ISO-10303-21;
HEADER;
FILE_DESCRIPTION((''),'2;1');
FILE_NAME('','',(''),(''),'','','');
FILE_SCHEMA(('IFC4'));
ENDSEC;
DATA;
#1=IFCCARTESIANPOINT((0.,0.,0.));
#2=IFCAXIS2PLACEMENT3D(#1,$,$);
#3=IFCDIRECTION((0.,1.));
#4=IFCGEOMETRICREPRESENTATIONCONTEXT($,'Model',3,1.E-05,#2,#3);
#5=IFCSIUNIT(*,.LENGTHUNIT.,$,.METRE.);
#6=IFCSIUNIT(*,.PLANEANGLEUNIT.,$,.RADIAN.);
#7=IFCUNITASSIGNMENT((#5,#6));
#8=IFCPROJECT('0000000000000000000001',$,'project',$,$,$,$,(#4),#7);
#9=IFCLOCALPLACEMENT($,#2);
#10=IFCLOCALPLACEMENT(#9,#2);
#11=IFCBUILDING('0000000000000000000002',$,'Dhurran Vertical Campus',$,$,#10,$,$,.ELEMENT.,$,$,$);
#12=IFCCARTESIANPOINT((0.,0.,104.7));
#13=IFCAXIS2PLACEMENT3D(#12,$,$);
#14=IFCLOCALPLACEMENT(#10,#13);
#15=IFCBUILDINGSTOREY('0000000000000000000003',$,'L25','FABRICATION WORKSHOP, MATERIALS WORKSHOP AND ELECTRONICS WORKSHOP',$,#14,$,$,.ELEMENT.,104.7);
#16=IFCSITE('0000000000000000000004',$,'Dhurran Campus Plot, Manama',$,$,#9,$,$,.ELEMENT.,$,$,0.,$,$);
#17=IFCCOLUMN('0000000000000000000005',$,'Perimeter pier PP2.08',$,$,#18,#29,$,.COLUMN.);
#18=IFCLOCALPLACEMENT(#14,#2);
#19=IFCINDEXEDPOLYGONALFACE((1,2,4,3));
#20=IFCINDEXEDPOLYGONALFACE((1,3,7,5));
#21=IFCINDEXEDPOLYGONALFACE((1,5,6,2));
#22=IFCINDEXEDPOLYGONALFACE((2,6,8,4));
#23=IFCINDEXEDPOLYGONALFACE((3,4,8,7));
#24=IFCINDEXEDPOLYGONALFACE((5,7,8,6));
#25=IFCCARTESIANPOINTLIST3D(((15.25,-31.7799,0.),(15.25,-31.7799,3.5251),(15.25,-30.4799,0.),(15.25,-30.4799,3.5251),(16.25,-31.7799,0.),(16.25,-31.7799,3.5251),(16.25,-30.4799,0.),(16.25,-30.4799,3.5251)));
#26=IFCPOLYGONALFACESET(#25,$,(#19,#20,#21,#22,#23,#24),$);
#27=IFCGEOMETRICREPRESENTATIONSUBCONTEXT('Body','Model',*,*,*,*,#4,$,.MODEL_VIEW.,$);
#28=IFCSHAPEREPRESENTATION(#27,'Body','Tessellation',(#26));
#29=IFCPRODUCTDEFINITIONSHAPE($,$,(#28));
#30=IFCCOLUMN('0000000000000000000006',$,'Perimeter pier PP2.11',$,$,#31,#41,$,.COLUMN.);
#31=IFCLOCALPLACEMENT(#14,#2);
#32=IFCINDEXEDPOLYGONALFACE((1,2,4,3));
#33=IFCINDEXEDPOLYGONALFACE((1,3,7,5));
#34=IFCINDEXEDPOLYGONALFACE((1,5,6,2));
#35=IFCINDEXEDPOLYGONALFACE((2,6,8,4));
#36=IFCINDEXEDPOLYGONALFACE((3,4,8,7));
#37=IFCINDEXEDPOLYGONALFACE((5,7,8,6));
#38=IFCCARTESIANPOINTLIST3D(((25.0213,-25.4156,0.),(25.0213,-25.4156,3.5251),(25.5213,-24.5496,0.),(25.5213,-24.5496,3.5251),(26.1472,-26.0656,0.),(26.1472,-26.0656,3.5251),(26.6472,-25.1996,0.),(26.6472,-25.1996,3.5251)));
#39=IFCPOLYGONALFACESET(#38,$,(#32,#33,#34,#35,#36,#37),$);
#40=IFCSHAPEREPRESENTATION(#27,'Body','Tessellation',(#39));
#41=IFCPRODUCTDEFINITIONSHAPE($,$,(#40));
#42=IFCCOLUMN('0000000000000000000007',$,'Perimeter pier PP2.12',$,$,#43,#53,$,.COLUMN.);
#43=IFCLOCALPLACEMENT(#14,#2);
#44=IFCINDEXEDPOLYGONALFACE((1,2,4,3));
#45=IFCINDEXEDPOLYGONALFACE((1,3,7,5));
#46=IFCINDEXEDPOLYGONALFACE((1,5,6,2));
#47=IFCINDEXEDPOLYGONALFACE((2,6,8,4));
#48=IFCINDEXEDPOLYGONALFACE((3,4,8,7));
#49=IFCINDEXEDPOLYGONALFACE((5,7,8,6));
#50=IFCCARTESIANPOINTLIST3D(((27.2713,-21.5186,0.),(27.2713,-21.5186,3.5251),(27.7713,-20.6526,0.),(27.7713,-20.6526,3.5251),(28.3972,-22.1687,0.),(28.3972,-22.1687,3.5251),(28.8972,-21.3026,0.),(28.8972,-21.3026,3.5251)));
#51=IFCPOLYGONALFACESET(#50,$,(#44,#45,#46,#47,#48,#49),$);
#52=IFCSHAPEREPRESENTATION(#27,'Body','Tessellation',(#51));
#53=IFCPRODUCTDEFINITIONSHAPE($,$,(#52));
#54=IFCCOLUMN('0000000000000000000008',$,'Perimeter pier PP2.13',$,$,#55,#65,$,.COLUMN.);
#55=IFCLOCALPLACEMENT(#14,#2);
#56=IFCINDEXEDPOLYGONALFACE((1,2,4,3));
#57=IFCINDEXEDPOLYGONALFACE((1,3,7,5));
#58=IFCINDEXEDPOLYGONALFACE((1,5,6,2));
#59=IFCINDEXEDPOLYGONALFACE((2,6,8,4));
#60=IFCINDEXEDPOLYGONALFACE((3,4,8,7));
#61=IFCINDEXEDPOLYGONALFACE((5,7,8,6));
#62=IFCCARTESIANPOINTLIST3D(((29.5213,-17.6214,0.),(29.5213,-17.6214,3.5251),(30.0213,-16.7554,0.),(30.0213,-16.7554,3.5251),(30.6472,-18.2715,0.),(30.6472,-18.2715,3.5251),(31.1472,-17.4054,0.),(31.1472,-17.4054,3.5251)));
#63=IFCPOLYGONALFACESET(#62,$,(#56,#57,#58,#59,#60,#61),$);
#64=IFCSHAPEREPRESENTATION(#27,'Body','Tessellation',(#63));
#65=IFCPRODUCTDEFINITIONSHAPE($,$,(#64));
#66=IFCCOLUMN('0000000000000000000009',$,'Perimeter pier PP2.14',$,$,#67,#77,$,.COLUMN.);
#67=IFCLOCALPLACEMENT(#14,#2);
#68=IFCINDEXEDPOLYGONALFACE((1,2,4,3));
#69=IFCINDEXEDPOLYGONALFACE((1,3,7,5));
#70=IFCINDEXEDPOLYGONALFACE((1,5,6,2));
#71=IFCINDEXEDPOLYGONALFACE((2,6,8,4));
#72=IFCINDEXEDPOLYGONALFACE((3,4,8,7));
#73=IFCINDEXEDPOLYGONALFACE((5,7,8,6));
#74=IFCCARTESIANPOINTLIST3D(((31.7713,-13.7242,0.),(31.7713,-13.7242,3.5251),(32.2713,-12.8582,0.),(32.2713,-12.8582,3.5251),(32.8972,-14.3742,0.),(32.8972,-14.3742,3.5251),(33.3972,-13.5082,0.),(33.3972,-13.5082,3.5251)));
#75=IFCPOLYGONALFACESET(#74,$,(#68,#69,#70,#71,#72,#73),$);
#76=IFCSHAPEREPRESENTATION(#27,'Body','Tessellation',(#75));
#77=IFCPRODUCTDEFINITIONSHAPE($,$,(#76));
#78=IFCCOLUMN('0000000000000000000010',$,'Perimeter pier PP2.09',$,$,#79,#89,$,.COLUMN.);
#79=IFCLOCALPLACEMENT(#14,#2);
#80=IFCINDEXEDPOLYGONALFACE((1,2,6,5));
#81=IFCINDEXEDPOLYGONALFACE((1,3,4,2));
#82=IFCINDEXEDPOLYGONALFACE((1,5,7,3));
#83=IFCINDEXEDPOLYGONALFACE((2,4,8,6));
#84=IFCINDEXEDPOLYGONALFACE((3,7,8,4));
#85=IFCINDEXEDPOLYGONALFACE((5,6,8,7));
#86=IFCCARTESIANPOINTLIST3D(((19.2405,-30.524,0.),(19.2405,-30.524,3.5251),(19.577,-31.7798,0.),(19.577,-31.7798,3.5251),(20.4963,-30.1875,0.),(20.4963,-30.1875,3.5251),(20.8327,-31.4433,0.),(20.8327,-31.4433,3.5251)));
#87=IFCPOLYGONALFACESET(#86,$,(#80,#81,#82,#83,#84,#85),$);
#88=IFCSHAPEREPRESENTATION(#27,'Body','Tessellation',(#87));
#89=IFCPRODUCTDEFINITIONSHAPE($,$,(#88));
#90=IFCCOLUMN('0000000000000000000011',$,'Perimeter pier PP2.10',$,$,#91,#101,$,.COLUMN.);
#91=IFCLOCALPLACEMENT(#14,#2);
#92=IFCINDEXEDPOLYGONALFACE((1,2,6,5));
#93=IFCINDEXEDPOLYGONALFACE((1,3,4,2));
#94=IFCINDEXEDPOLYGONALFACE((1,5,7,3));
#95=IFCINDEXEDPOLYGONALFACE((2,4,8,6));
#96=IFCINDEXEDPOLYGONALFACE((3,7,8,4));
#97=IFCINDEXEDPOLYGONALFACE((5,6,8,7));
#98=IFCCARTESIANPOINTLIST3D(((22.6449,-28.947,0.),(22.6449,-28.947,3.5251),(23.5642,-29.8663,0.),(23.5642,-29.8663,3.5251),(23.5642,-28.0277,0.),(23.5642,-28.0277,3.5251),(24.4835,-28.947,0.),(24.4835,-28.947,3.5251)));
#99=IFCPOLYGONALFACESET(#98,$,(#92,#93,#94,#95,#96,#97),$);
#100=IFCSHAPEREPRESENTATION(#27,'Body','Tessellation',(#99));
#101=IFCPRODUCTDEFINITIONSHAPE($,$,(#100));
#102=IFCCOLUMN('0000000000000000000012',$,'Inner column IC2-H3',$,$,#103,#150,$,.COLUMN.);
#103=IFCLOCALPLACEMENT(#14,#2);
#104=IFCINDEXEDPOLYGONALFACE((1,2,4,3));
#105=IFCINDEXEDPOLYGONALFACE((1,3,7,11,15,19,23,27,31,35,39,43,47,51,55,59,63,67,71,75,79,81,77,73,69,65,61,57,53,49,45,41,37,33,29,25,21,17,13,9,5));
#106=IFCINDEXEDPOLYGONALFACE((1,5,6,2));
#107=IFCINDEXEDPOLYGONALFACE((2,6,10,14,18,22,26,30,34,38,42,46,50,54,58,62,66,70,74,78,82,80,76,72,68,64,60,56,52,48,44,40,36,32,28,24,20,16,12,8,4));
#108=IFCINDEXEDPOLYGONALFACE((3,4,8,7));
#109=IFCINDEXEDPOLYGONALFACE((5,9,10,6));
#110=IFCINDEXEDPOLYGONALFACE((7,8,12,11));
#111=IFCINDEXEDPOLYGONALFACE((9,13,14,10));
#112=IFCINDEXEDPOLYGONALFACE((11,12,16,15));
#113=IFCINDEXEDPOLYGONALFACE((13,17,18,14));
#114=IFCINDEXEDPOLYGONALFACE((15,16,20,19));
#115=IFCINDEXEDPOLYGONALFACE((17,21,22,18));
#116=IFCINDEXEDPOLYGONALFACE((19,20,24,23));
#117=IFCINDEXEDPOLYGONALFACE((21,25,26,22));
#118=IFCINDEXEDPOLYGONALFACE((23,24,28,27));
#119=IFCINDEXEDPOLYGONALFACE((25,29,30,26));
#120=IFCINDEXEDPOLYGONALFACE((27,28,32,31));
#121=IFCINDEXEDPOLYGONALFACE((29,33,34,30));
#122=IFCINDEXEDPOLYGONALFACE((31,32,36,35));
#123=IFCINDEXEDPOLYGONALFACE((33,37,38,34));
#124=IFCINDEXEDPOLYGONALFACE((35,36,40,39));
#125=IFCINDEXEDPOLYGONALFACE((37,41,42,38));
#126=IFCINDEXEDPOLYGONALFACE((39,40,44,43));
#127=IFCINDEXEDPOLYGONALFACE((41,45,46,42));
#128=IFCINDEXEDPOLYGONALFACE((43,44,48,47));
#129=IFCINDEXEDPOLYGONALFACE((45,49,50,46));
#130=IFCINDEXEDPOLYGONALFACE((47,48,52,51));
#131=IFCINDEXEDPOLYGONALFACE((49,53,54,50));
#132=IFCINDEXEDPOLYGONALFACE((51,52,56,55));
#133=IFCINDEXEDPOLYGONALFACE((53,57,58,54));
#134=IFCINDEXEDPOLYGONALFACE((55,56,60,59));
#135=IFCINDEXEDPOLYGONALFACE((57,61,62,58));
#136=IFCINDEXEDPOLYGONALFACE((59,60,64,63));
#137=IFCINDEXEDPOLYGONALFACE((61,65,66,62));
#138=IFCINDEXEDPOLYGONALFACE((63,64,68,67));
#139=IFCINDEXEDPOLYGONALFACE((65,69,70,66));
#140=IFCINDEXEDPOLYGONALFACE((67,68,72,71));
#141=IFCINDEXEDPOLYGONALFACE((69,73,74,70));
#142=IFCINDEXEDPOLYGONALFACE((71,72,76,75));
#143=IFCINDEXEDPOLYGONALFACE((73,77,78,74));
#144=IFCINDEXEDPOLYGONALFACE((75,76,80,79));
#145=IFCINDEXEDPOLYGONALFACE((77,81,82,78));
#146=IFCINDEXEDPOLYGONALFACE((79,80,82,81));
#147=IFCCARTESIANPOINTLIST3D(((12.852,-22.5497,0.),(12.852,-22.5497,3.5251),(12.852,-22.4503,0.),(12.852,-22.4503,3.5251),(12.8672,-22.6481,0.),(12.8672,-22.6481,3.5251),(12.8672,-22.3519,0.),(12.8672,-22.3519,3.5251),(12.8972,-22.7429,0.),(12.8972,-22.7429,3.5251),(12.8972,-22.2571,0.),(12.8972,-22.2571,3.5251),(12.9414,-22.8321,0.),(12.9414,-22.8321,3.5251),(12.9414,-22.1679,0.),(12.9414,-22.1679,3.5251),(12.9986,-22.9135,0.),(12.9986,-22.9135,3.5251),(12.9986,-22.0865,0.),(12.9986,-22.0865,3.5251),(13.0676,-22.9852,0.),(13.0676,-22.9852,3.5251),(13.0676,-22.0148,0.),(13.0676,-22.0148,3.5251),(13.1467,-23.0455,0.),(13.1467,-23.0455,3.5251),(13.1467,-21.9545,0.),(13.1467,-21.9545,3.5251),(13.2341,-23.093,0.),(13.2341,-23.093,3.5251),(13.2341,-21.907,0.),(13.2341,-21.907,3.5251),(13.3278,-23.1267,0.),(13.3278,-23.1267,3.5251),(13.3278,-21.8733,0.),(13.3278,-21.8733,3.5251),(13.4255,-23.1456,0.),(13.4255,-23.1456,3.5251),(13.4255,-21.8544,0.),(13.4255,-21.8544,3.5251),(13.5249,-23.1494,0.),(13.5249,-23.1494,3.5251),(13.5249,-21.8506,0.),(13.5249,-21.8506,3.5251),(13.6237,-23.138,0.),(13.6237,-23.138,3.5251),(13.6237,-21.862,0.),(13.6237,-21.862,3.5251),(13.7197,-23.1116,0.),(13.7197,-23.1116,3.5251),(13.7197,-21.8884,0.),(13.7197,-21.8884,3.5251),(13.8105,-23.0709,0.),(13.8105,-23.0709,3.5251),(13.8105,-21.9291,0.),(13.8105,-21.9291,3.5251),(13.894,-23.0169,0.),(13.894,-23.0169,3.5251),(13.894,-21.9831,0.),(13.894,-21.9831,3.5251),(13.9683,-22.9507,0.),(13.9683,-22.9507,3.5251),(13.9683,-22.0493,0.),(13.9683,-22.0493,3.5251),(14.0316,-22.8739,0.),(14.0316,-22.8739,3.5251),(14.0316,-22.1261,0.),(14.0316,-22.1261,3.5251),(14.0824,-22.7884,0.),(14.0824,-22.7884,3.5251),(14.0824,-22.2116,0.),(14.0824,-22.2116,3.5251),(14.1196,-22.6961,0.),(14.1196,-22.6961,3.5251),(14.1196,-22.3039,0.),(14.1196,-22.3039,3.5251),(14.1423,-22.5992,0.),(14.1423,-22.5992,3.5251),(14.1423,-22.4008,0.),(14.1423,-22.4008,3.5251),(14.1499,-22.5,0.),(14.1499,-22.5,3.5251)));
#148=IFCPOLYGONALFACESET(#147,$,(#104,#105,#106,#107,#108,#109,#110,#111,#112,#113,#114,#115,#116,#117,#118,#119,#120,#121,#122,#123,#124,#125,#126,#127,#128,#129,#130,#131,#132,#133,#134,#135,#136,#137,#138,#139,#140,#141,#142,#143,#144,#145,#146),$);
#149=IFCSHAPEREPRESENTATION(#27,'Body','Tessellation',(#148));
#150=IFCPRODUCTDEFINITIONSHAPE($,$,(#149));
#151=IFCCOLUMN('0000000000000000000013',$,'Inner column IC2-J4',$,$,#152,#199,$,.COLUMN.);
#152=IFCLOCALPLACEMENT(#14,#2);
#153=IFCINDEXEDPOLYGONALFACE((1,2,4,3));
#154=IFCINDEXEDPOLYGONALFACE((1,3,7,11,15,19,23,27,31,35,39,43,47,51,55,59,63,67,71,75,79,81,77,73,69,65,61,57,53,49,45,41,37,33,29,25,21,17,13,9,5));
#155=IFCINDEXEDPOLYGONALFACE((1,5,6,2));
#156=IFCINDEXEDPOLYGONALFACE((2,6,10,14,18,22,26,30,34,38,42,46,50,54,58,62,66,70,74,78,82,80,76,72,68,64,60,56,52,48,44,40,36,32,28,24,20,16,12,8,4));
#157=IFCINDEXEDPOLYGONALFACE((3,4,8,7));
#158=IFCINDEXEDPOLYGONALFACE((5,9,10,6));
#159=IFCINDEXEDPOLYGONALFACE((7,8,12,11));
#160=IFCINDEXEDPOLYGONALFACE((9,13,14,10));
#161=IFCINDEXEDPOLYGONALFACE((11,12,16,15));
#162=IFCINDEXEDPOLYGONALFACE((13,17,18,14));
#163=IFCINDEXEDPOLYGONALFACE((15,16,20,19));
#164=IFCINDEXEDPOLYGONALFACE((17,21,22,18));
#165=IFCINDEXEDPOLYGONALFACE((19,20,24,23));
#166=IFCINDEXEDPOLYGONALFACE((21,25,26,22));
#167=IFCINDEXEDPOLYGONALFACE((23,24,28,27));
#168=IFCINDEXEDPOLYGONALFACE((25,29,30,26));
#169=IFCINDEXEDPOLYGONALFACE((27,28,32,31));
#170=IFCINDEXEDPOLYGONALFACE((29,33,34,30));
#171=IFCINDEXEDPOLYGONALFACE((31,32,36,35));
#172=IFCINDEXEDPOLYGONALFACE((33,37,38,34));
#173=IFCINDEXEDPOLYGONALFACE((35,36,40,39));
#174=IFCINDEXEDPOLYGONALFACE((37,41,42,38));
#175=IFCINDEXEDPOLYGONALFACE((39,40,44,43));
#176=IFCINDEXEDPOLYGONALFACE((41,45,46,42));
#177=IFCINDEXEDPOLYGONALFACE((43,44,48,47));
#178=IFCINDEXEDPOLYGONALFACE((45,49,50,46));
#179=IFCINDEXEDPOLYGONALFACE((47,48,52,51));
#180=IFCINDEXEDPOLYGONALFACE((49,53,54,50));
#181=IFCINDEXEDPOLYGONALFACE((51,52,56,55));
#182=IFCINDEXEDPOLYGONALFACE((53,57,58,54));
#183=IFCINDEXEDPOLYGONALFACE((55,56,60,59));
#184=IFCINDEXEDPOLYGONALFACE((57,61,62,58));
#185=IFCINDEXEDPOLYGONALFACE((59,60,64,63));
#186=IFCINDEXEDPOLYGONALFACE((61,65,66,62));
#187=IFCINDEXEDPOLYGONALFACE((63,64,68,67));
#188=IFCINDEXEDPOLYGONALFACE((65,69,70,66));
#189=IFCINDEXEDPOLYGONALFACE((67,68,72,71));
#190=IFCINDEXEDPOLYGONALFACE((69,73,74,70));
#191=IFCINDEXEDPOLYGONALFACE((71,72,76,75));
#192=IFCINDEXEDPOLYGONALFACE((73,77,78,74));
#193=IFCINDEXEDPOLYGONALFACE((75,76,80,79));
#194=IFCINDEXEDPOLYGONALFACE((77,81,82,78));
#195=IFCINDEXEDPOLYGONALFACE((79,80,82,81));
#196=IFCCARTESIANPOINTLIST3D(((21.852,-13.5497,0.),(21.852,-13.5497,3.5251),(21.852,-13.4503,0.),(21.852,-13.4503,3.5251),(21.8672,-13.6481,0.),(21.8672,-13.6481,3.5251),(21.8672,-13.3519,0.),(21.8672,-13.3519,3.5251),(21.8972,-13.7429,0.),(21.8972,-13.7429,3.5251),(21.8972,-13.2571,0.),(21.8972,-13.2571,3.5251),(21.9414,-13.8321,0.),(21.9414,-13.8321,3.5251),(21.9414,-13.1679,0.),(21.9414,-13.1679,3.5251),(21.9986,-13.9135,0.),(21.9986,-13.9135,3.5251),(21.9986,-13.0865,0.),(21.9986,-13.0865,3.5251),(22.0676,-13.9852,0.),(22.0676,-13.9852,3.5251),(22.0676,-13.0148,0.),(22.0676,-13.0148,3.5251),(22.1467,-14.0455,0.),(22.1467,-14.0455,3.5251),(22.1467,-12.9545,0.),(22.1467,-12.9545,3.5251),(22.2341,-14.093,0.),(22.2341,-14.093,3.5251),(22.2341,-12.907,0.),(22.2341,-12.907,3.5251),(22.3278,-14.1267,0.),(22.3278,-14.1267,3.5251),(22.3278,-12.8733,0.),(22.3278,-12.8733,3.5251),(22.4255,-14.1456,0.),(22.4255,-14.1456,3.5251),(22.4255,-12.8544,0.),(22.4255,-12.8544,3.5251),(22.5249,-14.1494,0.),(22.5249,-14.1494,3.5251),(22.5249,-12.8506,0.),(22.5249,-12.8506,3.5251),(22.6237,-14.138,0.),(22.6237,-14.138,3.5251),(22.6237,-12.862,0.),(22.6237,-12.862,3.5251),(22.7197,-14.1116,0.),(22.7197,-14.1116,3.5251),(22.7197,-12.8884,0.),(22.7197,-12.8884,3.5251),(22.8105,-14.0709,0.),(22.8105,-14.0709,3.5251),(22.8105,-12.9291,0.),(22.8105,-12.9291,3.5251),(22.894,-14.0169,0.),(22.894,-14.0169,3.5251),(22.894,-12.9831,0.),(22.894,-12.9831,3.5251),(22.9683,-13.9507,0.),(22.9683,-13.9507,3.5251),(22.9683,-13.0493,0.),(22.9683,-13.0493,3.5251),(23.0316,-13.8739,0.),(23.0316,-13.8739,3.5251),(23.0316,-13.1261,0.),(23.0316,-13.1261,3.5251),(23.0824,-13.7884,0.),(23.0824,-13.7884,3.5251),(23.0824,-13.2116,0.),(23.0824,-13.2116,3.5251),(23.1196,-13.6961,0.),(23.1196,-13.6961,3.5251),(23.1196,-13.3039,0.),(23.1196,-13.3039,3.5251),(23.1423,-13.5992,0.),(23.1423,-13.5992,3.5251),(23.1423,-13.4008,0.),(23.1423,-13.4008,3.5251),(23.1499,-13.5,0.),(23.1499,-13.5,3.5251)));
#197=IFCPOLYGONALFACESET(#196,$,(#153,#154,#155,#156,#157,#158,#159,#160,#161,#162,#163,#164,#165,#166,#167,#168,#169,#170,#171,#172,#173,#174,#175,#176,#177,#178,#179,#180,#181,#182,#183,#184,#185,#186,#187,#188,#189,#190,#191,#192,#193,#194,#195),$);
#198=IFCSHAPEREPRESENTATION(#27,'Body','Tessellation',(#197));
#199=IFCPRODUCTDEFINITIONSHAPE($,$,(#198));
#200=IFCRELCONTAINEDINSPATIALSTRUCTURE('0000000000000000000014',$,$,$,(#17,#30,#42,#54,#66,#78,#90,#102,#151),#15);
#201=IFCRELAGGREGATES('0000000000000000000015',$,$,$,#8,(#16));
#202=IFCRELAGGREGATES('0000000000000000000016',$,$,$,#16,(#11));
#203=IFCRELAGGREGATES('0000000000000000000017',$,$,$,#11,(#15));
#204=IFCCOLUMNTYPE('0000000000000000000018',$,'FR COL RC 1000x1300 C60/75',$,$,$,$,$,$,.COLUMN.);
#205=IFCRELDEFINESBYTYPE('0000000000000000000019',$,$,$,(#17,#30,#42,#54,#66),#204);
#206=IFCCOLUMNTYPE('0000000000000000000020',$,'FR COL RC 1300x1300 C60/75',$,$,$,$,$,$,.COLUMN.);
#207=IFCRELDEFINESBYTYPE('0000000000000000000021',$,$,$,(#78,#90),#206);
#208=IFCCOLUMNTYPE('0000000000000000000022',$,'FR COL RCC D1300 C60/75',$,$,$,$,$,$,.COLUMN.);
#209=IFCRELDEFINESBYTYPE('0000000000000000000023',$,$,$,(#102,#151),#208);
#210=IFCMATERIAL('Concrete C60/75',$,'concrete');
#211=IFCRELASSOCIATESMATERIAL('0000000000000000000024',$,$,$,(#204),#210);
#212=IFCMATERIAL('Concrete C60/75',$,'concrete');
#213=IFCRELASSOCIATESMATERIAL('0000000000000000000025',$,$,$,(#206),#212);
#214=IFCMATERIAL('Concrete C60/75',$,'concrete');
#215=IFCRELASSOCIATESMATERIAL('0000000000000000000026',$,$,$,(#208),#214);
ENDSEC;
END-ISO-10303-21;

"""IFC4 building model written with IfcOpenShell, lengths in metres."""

from ifc_helpers import new_model, si_unit, direction, frame, origin, origin_2d, place, context, subcontext, project, spatial, rectangle, circle, extrude, material, material_profile, profile_set, type_object, element, save


model = new_model("IFC4")

# Units and contexts
model_context = context("Model", 3, precision=1e-05, world=origin(), true_north=direction((0.0, 1.0)))
body_context = subcontext(model_context, "Body", "Model", "MODEL_VIEW")
ifc_project = project(units=[si_unit("LENGTHUNIT", "METRE"), si_unit("PLANEANGLEUNIT", "RADIAN")], contexts=[model_context])

# Site, building, storey
site_placement = place(None, origin())
site = spatial("IfcSite", under=ifc_project, at=site_placement, Name="Dhurran Campus Plot, Manama", CompositionType="ELEMENT", RefElevation=0.0)
building_placement = place(site_placement, origin())
building = spatial("IfcBuilding", under=site, at=building_placement, Name="Dhurran Vertical Campus", CompositionType="ELEMENT")
storey_placement = place(building_placement, frame((0.0, 0.0, 104.7)))
storey = spatial("IfcBuildingStorey", under=building, at=storey_placement, Name="L25", Description="FABRICATION WORKSHOP, MATERIALS WORKSHOP AND ELECTRONICS WORKSHOP", CompositionType="ELEMENT", Elevation=104.7)

# Columns
ifc_material_1 = material(Name="Concrete C60/75", Category="concrete")
ifc_material_profile_1 = material_profile(ifc_material_1, rectangle(XDim=1.0, YDim=1.3, at=origin_2d()), Name="RC 1000x1300")
ifc_profile_set_1 = profile_set([ifc_material_profile_1], Name="Concrete C60/75")
column_type_1 = type_object("IfcColumnType", Name="FR COL RC 1000x1300 C60/75", PredefinedType="COLUMN", material=ifc_profile_set_1)
for number, where, z_axis, x_axis, name in (
    (1, (15.75, -31.1299, 0.0), (0.0, 0.0, 1.0), (1.0, 0.0, 0.0), "Perimeter pier PP2.08"),
    (2, (25.8342, -25.3076, 0.0), (0.0, 0.0, 1.0), (0.5, 0.866025, 0.0), "Perimeter pier PP2.11"),
    (3, (28.0842, -21.4106, 0.0), (0.0, 0.0, 1.0), (0.5, 0.866025, 0.0), "Perimeter pier PP2.12"),
    (4, (30.3342, -17.5134, 0.0), (0.0, 0.0, 1.0), (0.5, 0.866025, 0.0), "Perimeter pier PP2.13"),
    (5, (32.5842, -13.6162, 0.0), (0.0, 0.0, 1.0), (0.5, 0.866025, 0.0), "Perimeter pier PP2.14"),
):
    element("IfcColumn", number, at=place(storey_placement, frame(where, z_axis=z_axis, x_axis=x_axis)), inside=storey, type_object=column_type_1, Name=name, PredefinedType="COLUMN", context=body_context, shape_type="SweptSolid", body=[
        extrude(rectangle(XDim=1.0, YDim=1.3, at=origin_2d()), origin(), (0.0, 0.0, 1.0), 3.5251),
    ])
ifc_material_2 = material(Name="Concrete C60/75", Category="concrete")
ifc_material_profile_2 = material_profile(ifc_material_2, rectangle(XDim=1.3, YDim=1.3, at=origin_2d()), Name="RC 1300x1300")
ifc_profile_set_2 = profile_set([ifc_material_profile_2], Name="Concrete C60/75")
column_type_2 = type_object("IfcColumnType", Name="FR COL RC 1300x1300 C60/75", PredefinedType="COLUMN", material=ifc_profile_set_2)
for number, where, z_axis, x_axis, name in (
    (6, (20.0366, -30.9836, 0.0), (0.0, 0.0, 1.0), (0.965926, 0.258819, 0.0), "Perimeter pier PP2.09"),
    (7, (23.5642, -28.947, 0.0), (0.0, 0.0, 1.0), (0.707107, 0.707107, 0.0), "Perimeter pier PP2.10"),
):
    element("IfcColumn", number, at=place(storey_placement, frame(where, z_axis=z_axis, x_axis=x_axis)), inside=storey, type_object=column_type_2, Name=name, PredefinedType="COLUMN", context=body_context, shape_type="SweptSolid", body=[
        extrude(rectangle(XDim=1.3, YDim=1.3, at=origin_2d()), origin(), (0.0, 0.0, 1.0), 3.5251),
    ])
ifc_material_3 = material(Name="Concrete C60/75", Category="concrete")
ifc_material_profile_3 = material_profile(ifc_material_3, circle(Radius=0.6499, at=origin_2d()), Name="RCC D1300")
ifc_profile_set_3 = profile_set([ifc_material_profile_3], Name="Concrete C60/75")
column_type_3 = type_object("IfcColumnType", Name="FR COL RCC D1300 C60/75", PredefinedType="COLUMN", material=ifc_profile_set_3)
for number, where, z_axis, x_axis, name in (
    (8, (13.5, -22.5, 0.0), (0.0, 0.0, 1.0), (1.0, 0.0, 0.0), "Inner column IC2-H3"),
    (9, (22.5, -13.5, 0.0), (0.0, 0.0, 1.0), (1.0, 0.0, 0.0), "Inner column IC2-J4"),
):
    element("IfcColumn", number, at=place(storey_placement, frame(where, z_axis=z_axis, x_axis=x_axis)), inside=storey, type_object=column_type_3, Name=name, PredefinedType="COLUMN", context=body_context, shape_type="SweptSolid", body=[
        extrude(circle(Radius=0.6499, at=origin_2d()), origin(), (0.0, 0.0, 1.0), 3.5251),
    ])

save(model, "model.ifc")
